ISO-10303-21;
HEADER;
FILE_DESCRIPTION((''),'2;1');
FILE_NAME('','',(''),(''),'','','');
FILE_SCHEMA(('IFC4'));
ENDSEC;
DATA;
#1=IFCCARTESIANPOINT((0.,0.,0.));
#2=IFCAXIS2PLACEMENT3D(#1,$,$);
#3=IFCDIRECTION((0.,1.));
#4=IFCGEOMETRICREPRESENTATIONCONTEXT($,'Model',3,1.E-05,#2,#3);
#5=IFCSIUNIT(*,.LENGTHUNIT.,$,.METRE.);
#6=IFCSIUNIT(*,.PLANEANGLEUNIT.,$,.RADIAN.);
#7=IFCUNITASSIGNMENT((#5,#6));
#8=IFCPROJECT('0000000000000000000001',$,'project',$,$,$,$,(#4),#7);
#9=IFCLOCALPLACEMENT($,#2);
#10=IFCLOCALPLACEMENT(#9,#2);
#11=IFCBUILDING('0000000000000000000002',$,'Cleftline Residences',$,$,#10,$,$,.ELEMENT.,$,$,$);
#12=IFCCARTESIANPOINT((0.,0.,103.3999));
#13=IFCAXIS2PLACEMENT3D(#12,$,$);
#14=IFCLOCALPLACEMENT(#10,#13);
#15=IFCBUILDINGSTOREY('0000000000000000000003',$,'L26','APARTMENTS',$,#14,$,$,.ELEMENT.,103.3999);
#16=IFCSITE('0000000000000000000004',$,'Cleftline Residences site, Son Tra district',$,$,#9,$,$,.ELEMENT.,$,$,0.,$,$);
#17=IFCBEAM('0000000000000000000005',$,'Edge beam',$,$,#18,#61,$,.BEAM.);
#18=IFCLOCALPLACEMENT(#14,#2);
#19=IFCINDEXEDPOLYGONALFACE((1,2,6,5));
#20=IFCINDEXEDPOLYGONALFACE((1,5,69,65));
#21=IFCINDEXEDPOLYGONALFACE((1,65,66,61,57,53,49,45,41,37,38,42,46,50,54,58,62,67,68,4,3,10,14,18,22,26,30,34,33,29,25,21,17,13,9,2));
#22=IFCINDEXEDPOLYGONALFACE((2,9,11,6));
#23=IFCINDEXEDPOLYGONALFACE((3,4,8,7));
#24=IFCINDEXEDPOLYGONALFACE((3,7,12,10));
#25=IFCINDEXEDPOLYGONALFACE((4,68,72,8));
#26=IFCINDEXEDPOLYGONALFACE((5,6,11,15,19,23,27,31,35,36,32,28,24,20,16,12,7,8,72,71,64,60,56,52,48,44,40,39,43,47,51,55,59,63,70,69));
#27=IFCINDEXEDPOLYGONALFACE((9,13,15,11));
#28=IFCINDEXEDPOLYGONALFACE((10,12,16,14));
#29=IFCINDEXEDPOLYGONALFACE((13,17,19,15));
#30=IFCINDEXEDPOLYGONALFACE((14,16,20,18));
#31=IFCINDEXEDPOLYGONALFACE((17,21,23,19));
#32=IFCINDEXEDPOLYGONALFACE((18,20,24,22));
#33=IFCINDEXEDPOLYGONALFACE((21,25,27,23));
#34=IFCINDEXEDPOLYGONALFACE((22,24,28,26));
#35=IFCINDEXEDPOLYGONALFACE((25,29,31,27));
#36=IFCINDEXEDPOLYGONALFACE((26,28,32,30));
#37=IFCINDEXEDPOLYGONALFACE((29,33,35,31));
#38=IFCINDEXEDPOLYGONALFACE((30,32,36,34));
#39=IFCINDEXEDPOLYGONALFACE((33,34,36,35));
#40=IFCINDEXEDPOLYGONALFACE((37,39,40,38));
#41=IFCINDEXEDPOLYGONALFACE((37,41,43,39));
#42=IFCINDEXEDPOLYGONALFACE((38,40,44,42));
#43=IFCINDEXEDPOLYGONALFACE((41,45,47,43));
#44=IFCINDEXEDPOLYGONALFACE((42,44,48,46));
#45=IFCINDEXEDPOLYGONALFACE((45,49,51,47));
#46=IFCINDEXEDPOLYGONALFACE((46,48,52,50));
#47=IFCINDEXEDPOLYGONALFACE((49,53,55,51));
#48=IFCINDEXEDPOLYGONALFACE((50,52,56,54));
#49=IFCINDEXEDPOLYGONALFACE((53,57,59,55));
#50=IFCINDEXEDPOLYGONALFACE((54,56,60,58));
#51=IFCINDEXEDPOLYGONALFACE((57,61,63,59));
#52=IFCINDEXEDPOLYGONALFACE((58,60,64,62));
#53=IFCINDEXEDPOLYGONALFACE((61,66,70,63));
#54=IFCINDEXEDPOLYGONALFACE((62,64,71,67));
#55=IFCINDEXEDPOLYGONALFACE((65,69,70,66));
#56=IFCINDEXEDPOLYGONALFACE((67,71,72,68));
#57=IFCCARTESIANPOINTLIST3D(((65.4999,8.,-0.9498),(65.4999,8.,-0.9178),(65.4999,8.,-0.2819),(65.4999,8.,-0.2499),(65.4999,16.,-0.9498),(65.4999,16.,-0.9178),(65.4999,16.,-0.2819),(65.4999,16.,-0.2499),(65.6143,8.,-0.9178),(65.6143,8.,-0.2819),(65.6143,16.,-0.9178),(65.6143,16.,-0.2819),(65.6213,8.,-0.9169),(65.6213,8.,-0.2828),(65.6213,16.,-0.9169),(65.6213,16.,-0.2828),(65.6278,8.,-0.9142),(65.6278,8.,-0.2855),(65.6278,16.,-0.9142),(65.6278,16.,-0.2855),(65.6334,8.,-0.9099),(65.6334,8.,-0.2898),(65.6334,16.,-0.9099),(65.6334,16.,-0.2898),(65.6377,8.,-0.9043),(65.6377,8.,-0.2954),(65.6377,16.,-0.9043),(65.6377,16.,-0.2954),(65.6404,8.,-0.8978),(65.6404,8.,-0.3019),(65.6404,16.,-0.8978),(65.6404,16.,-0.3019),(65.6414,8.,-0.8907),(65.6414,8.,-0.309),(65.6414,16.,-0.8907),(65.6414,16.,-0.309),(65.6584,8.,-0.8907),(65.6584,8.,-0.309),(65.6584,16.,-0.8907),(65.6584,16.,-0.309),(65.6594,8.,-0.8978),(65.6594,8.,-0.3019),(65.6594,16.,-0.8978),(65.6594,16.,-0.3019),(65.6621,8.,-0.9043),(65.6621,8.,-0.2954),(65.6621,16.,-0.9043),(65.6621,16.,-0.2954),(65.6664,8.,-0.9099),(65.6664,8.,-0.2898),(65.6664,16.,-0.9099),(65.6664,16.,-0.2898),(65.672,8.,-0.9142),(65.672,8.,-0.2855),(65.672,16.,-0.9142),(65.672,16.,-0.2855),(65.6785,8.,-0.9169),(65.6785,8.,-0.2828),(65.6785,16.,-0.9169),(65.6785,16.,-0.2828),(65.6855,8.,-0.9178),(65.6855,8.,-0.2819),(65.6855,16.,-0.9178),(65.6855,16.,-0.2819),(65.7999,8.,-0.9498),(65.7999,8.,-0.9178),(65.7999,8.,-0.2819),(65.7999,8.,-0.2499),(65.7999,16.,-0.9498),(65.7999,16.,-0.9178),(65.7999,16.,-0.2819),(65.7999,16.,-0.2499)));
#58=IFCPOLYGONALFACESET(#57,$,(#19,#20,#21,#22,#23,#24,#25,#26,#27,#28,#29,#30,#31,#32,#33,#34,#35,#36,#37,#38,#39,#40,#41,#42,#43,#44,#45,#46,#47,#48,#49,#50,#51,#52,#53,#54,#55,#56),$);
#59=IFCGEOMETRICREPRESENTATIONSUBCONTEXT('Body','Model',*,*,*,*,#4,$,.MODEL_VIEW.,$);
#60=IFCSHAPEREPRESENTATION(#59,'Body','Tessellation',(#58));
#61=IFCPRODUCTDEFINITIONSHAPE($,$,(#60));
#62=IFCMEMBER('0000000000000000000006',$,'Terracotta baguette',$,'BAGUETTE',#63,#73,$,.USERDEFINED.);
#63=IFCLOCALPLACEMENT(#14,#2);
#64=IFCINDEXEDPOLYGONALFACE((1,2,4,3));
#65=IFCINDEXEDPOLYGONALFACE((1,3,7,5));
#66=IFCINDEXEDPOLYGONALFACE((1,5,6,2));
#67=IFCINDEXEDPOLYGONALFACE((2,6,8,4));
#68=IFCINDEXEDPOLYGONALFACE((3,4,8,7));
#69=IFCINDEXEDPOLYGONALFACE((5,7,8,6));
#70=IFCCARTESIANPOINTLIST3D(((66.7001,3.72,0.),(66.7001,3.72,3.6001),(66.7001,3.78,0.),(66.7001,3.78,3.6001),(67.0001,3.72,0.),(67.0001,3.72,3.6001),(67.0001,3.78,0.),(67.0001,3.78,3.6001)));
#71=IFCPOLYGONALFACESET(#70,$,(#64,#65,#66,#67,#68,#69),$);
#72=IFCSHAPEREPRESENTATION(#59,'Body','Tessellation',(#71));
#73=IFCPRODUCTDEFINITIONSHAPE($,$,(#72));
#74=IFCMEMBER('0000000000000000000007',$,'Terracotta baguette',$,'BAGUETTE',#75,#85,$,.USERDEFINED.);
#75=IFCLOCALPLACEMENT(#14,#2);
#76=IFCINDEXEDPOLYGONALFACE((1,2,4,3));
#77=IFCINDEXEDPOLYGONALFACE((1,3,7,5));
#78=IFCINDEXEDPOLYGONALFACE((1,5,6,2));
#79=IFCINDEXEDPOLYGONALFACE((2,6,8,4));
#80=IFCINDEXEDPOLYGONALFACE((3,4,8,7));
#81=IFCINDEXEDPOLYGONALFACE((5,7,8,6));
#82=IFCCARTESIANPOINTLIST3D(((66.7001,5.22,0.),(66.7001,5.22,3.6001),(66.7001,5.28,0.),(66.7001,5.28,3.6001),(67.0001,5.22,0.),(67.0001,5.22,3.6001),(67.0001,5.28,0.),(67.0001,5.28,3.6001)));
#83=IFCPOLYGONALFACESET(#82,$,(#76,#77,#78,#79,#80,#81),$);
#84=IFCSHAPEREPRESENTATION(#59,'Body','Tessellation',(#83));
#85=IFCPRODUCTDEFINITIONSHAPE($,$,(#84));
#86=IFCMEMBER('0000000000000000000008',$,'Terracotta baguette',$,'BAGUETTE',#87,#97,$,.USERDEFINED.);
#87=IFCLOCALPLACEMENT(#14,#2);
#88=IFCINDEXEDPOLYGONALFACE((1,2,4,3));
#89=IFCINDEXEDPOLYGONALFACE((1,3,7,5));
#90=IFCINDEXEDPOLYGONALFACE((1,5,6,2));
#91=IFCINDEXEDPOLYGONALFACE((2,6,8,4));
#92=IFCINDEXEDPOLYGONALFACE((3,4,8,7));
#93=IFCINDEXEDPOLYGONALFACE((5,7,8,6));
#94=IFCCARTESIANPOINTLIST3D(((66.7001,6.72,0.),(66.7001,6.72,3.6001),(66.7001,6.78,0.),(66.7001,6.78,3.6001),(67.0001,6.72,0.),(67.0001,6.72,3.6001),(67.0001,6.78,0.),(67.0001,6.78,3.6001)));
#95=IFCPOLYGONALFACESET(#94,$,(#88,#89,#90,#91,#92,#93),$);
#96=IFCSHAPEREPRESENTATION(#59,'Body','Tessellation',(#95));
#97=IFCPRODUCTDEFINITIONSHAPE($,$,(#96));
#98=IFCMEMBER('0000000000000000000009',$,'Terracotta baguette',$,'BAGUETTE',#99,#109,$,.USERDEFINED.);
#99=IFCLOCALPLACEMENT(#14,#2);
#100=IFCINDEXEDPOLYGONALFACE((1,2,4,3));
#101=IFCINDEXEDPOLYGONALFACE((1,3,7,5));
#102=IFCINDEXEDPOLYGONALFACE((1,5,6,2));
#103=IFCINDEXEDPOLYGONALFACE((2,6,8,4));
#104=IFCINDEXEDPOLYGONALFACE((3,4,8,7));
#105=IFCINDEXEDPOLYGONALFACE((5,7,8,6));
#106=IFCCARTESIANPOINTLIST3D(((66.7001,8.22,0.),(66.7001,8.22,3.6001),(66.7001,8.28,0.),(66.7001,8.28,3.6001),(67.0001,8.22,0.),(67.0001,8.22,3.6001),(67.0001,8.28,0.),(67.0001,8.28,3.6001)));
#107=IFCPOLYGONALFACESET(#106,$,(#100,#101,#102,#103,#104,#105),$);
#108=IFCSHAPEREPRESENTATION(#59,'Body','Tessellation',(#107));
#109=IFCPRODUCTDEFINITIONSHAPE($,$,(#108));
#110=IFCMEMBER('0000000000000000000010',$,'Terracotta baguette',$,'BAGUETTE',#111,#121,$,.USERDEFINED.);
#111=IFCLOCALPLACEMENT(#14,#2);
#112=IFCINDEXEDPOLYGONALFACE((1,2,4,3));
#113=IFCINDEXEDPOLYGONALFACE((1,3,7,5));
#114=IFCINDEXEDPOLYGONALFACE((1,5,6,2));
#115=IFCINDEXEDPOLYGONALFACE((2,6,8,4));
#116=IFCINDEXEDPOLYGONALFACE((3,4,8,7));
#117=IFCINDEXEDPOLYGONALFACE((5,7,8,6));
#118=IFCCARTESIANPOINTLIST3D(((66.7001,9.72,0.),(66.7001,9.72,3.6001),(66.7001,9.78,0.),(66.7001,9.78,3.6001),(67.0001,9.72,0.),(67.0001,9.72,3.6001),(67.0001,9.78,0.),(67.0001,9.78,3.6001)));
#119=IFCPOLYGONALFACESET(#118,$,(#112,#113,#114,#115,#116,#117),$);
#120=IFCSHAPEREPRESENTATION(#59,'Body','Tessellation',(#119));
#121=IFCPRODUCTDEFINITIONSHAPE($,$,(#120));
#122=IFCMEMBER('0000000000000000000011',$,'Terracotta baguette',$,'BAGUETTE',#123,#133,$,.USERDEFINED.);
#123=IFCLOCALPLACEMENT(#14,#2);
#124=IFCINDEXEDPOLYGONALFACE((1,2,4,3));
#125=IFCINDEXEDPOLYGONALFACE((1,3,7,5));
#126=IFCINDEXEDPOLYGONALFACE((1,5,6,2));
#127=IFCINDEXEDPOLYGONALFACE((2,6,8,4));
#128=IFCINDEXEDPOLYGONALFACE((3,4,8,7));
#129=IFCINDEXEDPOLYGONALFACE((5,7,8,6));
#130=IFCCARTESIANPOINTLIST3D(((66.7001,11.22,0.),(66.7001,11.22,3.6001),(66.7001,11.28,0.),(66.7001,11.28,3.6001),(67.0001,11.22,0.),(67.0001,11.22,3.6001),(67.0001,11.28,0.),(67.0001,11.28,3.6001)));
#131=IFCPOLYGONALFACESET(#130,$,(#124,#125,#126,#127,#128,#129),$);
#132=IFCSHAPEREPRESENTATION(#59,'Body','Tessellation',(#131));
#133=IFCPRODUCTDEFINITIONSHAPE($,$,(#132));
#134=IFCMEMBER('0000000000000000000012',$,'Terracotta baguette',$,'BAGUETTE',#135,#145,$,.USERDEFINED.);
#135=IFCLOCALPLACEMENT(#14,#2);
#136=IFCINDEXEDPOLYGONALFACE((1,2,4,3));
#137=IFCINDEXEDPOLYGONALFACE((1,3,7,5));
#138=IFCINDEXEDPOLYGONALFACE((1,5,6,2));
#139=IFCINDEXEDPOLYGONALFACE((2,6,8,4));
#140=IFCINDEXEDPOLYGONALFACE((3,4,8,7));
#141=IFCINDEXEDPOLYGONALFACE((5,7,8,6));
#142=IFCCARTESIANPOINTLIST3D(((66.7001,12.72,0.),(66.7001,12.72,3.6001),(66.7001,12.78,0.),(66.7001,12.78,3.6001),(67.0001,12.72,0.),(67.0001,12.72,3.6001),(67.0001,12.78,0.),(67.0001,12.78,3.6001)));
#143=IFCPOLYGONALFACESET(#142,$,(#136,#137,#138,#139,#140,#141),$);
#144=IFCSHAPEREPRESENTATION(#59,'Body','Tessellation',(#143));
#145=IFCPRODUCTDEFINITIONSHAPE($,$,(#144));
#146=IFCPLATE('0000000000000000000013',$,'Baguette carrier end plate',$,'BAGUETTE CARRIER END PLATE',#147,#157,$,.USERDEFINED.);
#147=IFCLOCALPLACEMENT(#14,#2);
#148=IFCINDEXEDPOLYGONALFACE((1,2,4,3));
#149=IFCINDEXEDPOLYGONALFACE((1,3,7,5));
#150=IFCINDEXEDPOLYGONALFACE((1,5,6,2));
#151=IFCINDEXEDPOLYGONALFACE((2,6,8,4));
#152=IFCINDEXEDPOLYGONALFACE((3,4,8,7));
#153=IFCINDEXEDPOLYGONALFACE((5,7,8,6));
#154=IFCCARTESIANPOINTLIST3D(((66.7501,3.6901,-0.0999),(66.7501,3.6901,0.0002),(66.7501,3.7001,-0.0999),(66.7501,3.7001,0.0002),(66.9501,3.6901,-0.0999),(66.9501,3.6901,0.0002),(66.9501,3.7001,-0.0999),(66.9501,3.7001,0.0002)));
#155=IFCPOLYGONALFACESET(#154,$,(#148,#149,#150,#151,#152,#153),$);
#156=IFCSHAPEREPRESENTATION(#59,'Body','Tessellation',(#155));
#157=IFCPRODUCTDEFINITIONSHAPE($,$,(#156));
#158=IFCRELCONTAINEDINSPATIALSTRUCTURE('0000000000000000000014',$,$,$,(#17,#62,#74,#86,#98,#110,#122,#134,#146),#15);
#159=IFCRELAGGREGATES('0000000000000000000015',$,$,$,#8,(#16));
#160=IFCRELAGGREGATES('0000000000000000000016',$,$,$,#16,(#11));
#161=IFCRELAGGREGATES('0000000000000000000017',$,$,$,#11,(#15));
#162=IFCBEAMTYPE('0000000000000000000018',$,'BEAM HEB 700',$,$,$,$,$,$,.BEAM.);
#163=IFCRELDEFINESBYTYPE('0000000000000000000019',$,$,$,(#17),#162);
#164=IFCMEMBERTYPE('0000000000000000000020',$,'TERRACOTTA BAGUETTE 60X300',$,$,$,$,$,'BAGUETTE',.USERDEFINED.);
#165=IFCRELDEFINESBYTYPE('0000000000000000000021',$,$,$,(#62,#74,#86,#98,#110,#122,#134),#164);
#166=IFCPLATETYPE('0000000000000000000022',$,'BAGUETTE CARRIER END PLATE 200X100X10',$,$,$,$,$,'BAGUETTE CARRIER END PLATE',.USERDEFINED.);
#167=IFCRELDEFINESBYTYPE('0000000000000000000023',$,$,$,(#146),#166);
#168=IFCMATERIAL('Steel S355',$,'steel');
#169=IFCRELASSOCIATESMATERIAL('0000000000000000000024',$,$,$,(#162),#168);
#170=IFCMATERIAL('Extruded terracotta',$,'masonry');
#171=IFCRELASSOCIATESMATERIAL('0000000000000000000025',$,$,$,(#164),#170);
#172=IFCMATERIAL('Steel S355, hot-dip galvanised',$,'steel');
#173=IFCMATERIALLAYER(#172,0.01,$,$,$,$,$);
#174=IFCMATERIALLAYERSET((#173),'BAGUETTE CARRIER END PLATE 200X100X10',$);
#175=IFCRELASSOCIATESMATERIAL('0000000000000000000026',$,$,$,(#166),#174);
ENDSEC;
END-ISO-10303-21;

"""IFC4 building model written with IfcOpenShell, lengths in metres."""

from ifc_helpers import new_model, si_unit, direction, frame, origin, origin_2d, place, context, subcontext, project, spatial, rectangle, i_section, extrude, material, layer, layer_set, material_profile, profile_set, type_object, element, save


model = new_model("IFC4")

# Units and contexts
model_context = context("Model", 3, precision=1e-05, world=origin(), true_north=direction((0.0, 1.0)))
body_context = subcontext(model_context, "Body", "Model", "MODEL_VIEW")
ifc_project = project(units=[si_unit("LENGTHUNIT", "METRE"), si_unit("PLANEANGLEUNIT", "RADIAN")], contexts=[model_context])

# Site, building, storey
site_placement = place(None, origin())
site = spatial("IfcSite", under=ifc_project, at=site_placement, Name="Cleftline Residences site, Son Tra district", CompositionType="ELEMENT", RefElevation=0.0)
building_placement = place(site_placement, origin())
building = spatial("IfcBuilding", under=site, at=building_placement, Name="Cleftline Residences", CompositionType="ELEMENT")
storey_placement = place(building_placement, frame((0.0, 0.0, 103.3999)))
storey = spatial("IfcBuildingStorey", under=building, at=storey_placement, Name="L26", Description="APARTMENTS", CompositionType="ELEMENT", Elevation=103.3999)

# Beam
ifc_material_1 = material(Name="Steel S355", Category="steel")
ifc_material_profile_1 = material_profile(ifc_material_1, i_section(OverallWidth=0.3, OverallDepth=0.7, WebThickness=0.0171, FlangeThickness=0.032, FilletRadius=0.0271, at=origin_2d()))
ifc_profile_set_1 = profile_set([ifc_material_profile_1], Name="Steel S355")
beam_type = type_object("IfcBeamType", Name="BEAM HEB 700", PredefinedType="BEAM", material=ifc_profile_set_1)
beam_placement = place(storey_placement, frame((65.6499, 8.0, -0.5999), z_axis=(0.0, 1.0, 0.0), x_axis=(-1.0, 0.0, 0.0)))
element("IfcBeam", 1, at=beam_placement, inside=storey, type_object=beam_type, Name="Edge beam", PredefinedType="BEAM", context=body_context, shape_type="SweptSolid", body=[
    extrude(i_section(OverallWidth=0.3, OverallDepth=0.7, WebThickness=0.0171, FlangeThickness=0.032, FilletRadius=0.0271, at=origin_2d()), origin(), (0.0, 0.0, 1.0), 8.0),
])

# Members
ifc_material_2 = material(Name="Extruded terracotta", Category="masonry")
ifc_material_profile_2 = material_profile(ifc_material_2, rectangle(XDim=0.0601, YDim=0.3, at=origin_2d()))
ifc_profile_set_2 = profile_set([ifc_material_profile_2], Name="Extruded terracotta")
member_type_1 = type_object("IfcMemberType", Name="TERRACOTTA BAGUETTE 60X300", ElementType="BAGUETTE", PredefinedType="USERDEFINED", material=ifc_profile_set_2)
for number, where, z_axis, x_axis, name in (
    (2, (66.8501, 3.75, 0.0), (0.0, 0.0, 1.0), (0.0, 1.0, 0.0), "Terracotta baguette"),
    (3, (66.8501, 5.25, 0.0), (0.0, 0.0, 1.0), (0.0, 1.0, 0.0), "Terracotta baguette"),
    (4, (66.8501, 6.75, 0.0), (0.0, 0.0, 1.0), (0.0, 1.0, 0.0), "Terracotta baguette"),
    (5, (66.8501, 8.25, 0.0), (0.0, 0.0, 1.0), (0.0, 1.0, 0.0), "Terracotta baguette"),
    (6, (66.8501, 9.75, 0.0), (0.0, 0.0, 1.0), (0.0, 1.0, 0.0), "Terracotta baguette"),
    (7, (66.8501, 11.25, 0.0), (0.0, 0.0, 1.0), (0.0, 1.0, 0.0), "Terracotta baguette"),
    (8, (66.8501, 12.75, 0.0), (0.0, 0.0, 1.0), (0.0, 1.0, 0.0), "Terracotta baguette"),
):
    element("IfcMember", number, at=place(storey_placement, frame(where, z_axis=z_axis, x_axis=x_axis)), inside=storey, type_object=member_type_1, Name=name, ObjectType="BAGUETTE", PredefinedType="USERDEFINED", context=body_context, shape_type="SweptSolid", body=[
        extrude(rectangle(XDim=0.0601, YDim=0.3, at=origin_2d()), origin(), (0.0, 0.0, 1.0), 3.6001),
    ])

# Plate
ifc_material_3 = material(Name="Steel S355, hot-dip galvanised", Category="steel")
ifc_layer_1 = layer(ifc_material_3, 0.01)
ifc_layer_set_1 = layer_set([ifc_layer_1], Name="BAGUETTE CARRIER END PLATE 200X100X10")
plate_type = type_object("IfcPlateType", Name="BAGUETTE CARRIER END PLATE 200X100X10", ElementType="BAGUETTE CARRIER END PLATE", PredefinedType="USERDEFINED", material=ifc_layer_set_1)
plate_placement = place(storey_placement, frame((66.8501, 3.6951, -0.0999), z_axis=(0.0, 0.0, 1.0), x_axis=(1.0, 0.0, 0.0)))
element("IfcPlate", 9, at=plate_placement, inside=storey, type_object=plate_type, Name="Baguette carrier end plate", ObjectType="BAGUETTE CARRIER END PLATE", PredefinedType="USERDEFINED", context=body_context, shape_type="SweptSolid", body=[
    extrude(rectangle(XDim=0.2, YDim=0.01, at=origin_2d()), origin(), (0.0, 0.0, 1.0), 0.1001),
])

save(model, "model.ifc")
